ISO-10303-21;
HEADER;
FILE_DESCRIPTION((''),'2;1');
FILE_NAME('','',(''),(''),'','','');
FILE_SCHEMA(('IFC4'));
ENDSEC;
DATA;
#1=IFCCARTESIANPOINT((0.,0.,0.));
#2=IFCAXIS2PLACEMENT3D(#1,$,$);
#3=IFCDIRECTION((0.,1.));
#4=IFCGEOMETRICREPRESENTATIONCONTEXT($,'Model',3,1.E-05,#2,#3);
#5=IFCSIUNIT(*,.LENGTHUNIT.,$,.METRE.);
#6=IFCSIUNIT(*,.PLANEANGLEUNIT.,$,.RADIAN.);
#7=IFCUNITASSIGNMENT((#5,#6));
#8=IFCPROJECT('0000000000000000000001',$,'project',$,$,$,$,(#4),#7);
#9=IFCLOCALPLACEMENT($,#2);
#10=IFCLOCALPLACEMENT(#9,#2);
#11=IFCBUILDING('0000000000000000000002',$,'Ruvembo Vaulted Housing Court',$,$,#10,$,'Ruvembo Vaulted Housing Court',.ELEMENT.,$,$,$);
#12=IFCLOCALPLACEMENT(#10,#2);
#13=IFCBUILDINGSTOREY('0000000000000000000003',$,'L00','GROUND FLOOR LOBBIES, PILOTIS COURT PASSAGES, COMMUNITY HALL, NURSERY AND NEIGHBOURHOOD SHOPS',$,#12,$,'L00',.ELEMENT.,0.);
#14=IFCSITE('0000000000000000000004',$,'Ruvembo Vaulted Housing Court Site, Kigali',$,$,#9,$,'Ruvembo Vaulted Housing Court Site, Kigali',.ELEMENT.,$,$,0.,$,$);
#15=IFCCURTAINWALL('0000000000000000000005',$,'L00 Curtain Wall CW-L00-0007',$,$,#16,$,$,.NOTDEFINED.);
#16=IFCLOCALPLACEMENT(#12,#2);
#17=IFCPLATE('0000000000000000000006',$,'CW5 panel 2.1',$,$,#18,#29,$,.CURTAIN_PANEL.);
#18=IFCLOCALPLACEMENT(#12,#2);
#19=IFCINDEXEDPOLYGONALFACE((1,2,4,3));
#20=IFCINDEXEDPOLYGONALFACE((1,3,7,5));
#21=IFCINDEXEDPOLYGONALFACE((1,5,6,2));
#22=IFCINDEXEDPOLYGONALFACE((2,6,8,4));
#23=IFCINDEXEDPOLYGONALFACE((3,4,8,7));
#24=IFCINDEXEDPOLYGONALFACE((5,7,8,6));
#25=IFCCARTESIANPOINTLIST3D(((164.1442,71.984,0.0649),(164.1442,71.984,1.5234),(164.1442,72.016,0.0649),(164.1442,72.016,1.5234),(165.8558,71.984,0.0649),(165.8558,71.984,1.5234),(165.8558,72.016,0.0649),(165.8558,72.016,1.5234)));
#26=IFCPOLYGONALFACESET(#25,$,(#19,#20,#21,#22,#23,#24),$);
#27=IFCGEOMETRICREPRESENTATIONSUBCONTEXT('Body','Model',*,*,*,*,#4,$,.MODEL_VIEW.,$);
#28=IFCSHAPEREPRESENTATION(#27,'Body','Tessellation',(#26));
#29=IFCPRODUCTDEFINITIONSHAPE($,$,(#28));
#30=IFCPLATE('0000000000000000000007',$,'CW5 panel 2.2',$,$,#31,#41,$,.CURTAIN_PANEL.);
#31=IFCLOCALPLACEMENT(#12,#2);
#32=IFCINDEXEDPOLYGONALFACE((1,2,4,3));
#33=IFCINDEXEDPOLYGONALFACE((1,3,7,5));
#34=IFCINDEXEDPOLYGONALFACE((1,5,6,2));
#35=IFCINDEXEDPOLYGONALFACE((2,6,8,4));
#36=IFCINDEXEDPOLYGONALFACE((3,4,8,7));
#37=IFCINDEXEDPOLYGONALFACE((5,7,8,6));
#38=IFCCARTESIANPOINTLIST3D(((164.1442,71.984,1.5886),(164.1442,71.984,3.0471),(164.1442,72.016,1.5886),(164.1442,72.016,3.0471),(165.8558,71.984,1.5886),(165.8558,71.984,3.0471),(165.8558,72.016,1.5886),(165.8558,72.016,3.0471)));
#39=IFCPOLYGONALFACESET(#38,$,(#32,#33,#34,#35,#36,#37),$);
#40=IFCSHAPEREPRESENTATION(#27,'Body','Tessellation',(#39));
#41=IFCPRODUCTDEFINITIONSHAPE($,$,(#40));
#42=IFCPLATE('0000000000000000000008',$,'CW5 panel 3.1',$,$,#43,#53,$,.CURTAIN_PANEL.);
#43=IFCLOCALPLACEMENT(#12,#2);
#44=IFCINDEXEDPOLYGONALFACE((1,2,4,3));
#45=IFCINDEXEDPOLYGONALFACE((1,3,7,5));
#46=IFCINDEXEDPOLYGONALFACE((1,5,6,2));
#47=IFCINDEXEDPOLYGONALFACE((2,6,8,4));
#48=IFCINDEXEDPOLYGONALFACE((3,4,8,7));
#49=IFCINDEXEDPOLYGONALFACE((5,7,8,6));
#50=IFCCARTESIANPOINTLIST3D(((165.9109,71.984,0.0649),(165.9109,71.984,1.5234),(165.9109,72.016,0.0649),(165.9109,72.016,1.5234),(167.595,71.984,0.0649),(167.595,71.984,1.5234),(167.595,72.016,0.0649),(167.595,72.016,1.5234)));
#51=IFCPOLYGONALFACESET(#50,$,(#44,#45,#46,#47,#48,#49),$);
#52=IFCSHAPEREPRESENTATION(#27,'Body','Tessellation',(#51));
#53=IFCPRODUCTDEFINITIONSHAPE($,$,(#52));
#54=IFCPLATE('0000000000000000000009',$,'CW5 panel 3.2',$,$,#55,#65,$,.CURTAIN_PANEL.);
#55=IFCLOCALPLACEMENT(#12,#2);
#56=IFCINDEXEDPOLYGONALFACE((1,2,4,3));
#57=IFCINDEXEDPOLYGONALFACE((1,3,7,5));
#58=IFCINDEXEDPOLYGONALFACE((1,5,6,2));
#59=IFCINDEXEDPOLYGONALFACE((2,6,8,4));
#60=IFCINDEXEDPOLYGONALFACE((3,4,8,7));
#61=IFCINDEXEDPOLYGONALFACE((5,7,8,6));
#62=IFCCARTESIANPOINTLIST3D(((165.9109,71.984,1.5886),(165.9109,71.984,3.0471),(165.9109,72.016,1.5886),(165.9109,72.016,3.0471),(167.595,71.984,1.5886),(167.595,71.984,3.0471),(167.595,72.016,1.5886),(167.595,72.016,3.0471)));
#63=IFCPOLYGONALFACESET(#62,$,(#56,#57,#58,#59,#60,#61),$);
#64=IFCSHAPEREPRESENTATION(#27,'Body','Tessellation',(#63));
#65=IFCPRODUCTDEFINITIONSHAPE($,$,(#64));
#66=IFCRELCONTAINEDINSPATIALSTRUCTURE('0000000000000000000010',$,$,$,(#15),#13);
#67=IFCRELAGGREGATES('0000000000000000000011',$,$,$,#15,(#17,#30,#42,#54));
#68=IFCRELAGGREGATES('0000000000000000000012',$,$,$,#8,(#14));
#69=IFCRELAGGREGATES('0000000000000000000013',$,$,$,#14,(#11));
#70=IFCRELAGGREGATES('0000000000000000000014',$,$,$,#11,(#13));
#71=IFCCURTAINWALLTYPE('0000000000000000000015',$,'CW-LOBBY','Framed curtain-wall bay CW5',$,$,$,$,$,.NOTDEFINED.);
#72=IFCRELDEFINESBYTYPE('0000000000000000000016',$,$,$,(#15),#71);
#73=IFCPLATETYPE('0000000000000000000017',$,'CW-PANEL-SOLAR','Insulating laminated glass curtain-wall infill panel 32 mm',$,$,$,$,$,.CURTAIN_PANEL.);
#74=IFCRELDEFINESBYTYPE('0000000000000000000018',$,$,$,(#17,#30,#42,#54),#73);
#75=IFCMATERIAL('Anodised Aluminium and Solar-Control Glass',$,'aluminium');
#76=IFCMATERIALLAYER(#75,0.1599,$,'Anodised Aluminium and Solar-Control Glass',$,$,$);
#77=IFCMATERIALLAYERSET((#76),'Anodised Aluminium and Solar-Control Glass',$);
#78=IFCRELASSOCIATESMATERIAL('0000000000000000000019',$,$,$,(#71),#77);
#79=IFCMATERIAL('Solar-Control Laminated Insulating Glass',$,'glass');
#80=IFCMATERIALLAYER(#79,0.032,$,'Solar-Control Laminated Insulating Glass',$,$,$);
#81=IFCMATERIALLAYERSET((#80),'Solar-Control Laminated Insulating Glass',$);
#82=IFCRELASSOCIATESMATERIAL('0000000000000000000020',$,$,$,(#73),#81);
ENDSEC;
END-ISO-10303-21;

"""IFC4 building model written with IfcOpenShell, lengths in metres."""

from ifc_helpers import new_model, si_unit, direction, frame, origin, origin_2d, place, context, subcontext, project, spatial, rectangle, extrude, material, layer, layer_set, type_object, element, aggregate, save


model = new_model("IFC4")

# Units and contexts
model_context = context("Model", 3, precision=1e-05, world=origin(), true_north=direction((0.0, 1.0)))
body_context = subcontext(model_context, "Body", "Model", "MODEL_VIEW")
ifc_project = project(units=[si_unit("LENGTHUNIT", "METRE"), si_unit("PLANEANGLEUNIT", "RADIAN")], contexts=[model_context])

# Site, building, storey
site_placement = place(None, origin())
site = spatial("IfcSite", under=ifc_project, at=site_placement, Name="Ruvembo Vaulted Housing Court Site, Kigali", LongName="Ruvembo Vaulted Housing Court Site, Kigali", CompositionType="ELEMENT", RefElevation=0.0)
building_placement = place(site_placement, origin())
building = spatial("IfcBuilding", under=site, at=building_placement, Name="Ruvembo Vaulted Housing Court", LongName="Ruvembo Vaulted Housing Court", CompositionType="ELEMENT")
storey_placement = place(building_placement, origin())
storey = spatial("IfcBuildingStorey", under=building, at=storey_placement, Name="L00", Description="GROUND FLOOR LOBBIES, PILOTIS COURT PASSAGES, COMMUNITY HALL, NURSERY AND NEIGHBOURHOOD SHOPS", LongName="L00", CompositionType="ELEMENT", Elevation=0.0)

# Curtain wall
ifc_material_1 = material(Name="Anodised Aluminium and Solar-Control Glass", Category="aluminium")
ifc_layer_1 = layer(ifc_material_1, 0.1599, Name="Anodised Aluminium and Solar-Control Glass")
ifc_layer_set_1 = layer_set([ifc_layer_1], Name="Anodised Aluminium and Solar-Control Glass")
curtain_wall_type = type_object("IfcCurtainWallType", Name="CW-LOBBY", Description="Framed curtain-wall bay CW5", PredefinedType="NOTDEFINED", material=ifc_layer_set_1)
curtain_wall_1_placement = place(storey_placement, origin())
curtain_wall_1 = element("IfcCurtainWall", 1, at=curtain_wall_1_placement, inside=storey, type_object=curtain_wall_type, Name="L00 Curtain Wall CW-L00-0007", PredefinedType="NOTDEFINED")

# Plates
ifc_material_2 = material(Name="Solar-Control Laminated Insulating Glass", Category="glass")
ifc_layer_2 = layer(ifc_material_2, 0.032, Name="Solar-Control Laminated Insulating Glass")
ifc_layer_set_2 = layer_set([ifc_layer_2], Name="Solar-Control Laminated Insulating Glass")
plate_type = type_object("IfcPlateType", Name="CW-PANEL-SOLAR", Description="Insulating laminated glass curtain-wall infill panel 32 mm", PredefinedType="CURTAIN_PANEL", material=ifc_layer_set_2)
plate_1_placement = place(storey_placement, frame((165.0, 72.0, 0.0649), z_axis=(0.0, 0.0, 1.0), x_axis=(1.0, 0.0, 0.0)))
plate_1 = element("IfcPlate", 2, at=plate_1_placement, type_object=plate_type, Name="CW5 panel 2.1", PredefinedType="CURTAIN_PANEL", context=body_context, shape_type="SweptSolid", body=[
    extrude(rectangle(XDim=1.7117, YDim=0.032, at=origin_2d()), origin(), (0.0, 0.0, 1.0), 1.4585),
])
plate_2_placement = place(storey_placement, frame((165.0, 72.0, 1.5886), z_axis=(0.0, 0.0, 1.0), x_axis=(1.0, 0.0, 0.0)))
plate_2 = element("IfcPlate", 3, at=plate_2_placement, type_object=plate_type, Name="CW5 panel 2.2", PredefinedType="CURTAIN_PANEL", context=body_context, shape_type="SweptSolid", body=[
    extrude(rectangle(XDim=1.7117, YDim=0.032, at=origin_2d()), origin(), (0.0, 0.0, 1.0), 1.4585),
])
plate_3_placement = place(storey_placement, frame((166.7529, 72.0, 0.0649), z_axis=(0.0, 0.0, 1.0), x_axis=(1.0, 0.0, 0.0)))
plate_3 = element("IfcPlate", 4, at=plate_3_placement, type_object=plate_type, Name="CW5 panel 3.1", PredefinedType="CURTAIN_PANEL", context=body_context, shape_type="SweptSolid", body=[
    extrude(rectangle(XDim=1.6841, YDim=0.032, at=origin_2d()), origin(), (0.0, 0.0, 1.0), 1.4585),
])
plate_4_placement = place(storey_placement, frame((166.7529, 72.0, 1.5886), z_axis=(0.0, 0.0, 1.0), x_axis=(1.0, 0.0, 0.0)))
plate_4 = element("IfcPlate", 5, at=plate_4_placement, type_object=plate_type, Name="CW5 panel 3.2", PredefinedType="CURTAIN_PANEL", context=body_context, shape_type="SweptSolid", body=[
    extrude(rectangle(XDim=1.6841, YDim=0.032, at=origin_2d()), origin(), (0.0, 0.0, 1.0), 1.4585),
])
aggregate(curtain_wall_1, [plate_1, plate_2, plate_3, plate_4])

save(model, "model.ifc")
